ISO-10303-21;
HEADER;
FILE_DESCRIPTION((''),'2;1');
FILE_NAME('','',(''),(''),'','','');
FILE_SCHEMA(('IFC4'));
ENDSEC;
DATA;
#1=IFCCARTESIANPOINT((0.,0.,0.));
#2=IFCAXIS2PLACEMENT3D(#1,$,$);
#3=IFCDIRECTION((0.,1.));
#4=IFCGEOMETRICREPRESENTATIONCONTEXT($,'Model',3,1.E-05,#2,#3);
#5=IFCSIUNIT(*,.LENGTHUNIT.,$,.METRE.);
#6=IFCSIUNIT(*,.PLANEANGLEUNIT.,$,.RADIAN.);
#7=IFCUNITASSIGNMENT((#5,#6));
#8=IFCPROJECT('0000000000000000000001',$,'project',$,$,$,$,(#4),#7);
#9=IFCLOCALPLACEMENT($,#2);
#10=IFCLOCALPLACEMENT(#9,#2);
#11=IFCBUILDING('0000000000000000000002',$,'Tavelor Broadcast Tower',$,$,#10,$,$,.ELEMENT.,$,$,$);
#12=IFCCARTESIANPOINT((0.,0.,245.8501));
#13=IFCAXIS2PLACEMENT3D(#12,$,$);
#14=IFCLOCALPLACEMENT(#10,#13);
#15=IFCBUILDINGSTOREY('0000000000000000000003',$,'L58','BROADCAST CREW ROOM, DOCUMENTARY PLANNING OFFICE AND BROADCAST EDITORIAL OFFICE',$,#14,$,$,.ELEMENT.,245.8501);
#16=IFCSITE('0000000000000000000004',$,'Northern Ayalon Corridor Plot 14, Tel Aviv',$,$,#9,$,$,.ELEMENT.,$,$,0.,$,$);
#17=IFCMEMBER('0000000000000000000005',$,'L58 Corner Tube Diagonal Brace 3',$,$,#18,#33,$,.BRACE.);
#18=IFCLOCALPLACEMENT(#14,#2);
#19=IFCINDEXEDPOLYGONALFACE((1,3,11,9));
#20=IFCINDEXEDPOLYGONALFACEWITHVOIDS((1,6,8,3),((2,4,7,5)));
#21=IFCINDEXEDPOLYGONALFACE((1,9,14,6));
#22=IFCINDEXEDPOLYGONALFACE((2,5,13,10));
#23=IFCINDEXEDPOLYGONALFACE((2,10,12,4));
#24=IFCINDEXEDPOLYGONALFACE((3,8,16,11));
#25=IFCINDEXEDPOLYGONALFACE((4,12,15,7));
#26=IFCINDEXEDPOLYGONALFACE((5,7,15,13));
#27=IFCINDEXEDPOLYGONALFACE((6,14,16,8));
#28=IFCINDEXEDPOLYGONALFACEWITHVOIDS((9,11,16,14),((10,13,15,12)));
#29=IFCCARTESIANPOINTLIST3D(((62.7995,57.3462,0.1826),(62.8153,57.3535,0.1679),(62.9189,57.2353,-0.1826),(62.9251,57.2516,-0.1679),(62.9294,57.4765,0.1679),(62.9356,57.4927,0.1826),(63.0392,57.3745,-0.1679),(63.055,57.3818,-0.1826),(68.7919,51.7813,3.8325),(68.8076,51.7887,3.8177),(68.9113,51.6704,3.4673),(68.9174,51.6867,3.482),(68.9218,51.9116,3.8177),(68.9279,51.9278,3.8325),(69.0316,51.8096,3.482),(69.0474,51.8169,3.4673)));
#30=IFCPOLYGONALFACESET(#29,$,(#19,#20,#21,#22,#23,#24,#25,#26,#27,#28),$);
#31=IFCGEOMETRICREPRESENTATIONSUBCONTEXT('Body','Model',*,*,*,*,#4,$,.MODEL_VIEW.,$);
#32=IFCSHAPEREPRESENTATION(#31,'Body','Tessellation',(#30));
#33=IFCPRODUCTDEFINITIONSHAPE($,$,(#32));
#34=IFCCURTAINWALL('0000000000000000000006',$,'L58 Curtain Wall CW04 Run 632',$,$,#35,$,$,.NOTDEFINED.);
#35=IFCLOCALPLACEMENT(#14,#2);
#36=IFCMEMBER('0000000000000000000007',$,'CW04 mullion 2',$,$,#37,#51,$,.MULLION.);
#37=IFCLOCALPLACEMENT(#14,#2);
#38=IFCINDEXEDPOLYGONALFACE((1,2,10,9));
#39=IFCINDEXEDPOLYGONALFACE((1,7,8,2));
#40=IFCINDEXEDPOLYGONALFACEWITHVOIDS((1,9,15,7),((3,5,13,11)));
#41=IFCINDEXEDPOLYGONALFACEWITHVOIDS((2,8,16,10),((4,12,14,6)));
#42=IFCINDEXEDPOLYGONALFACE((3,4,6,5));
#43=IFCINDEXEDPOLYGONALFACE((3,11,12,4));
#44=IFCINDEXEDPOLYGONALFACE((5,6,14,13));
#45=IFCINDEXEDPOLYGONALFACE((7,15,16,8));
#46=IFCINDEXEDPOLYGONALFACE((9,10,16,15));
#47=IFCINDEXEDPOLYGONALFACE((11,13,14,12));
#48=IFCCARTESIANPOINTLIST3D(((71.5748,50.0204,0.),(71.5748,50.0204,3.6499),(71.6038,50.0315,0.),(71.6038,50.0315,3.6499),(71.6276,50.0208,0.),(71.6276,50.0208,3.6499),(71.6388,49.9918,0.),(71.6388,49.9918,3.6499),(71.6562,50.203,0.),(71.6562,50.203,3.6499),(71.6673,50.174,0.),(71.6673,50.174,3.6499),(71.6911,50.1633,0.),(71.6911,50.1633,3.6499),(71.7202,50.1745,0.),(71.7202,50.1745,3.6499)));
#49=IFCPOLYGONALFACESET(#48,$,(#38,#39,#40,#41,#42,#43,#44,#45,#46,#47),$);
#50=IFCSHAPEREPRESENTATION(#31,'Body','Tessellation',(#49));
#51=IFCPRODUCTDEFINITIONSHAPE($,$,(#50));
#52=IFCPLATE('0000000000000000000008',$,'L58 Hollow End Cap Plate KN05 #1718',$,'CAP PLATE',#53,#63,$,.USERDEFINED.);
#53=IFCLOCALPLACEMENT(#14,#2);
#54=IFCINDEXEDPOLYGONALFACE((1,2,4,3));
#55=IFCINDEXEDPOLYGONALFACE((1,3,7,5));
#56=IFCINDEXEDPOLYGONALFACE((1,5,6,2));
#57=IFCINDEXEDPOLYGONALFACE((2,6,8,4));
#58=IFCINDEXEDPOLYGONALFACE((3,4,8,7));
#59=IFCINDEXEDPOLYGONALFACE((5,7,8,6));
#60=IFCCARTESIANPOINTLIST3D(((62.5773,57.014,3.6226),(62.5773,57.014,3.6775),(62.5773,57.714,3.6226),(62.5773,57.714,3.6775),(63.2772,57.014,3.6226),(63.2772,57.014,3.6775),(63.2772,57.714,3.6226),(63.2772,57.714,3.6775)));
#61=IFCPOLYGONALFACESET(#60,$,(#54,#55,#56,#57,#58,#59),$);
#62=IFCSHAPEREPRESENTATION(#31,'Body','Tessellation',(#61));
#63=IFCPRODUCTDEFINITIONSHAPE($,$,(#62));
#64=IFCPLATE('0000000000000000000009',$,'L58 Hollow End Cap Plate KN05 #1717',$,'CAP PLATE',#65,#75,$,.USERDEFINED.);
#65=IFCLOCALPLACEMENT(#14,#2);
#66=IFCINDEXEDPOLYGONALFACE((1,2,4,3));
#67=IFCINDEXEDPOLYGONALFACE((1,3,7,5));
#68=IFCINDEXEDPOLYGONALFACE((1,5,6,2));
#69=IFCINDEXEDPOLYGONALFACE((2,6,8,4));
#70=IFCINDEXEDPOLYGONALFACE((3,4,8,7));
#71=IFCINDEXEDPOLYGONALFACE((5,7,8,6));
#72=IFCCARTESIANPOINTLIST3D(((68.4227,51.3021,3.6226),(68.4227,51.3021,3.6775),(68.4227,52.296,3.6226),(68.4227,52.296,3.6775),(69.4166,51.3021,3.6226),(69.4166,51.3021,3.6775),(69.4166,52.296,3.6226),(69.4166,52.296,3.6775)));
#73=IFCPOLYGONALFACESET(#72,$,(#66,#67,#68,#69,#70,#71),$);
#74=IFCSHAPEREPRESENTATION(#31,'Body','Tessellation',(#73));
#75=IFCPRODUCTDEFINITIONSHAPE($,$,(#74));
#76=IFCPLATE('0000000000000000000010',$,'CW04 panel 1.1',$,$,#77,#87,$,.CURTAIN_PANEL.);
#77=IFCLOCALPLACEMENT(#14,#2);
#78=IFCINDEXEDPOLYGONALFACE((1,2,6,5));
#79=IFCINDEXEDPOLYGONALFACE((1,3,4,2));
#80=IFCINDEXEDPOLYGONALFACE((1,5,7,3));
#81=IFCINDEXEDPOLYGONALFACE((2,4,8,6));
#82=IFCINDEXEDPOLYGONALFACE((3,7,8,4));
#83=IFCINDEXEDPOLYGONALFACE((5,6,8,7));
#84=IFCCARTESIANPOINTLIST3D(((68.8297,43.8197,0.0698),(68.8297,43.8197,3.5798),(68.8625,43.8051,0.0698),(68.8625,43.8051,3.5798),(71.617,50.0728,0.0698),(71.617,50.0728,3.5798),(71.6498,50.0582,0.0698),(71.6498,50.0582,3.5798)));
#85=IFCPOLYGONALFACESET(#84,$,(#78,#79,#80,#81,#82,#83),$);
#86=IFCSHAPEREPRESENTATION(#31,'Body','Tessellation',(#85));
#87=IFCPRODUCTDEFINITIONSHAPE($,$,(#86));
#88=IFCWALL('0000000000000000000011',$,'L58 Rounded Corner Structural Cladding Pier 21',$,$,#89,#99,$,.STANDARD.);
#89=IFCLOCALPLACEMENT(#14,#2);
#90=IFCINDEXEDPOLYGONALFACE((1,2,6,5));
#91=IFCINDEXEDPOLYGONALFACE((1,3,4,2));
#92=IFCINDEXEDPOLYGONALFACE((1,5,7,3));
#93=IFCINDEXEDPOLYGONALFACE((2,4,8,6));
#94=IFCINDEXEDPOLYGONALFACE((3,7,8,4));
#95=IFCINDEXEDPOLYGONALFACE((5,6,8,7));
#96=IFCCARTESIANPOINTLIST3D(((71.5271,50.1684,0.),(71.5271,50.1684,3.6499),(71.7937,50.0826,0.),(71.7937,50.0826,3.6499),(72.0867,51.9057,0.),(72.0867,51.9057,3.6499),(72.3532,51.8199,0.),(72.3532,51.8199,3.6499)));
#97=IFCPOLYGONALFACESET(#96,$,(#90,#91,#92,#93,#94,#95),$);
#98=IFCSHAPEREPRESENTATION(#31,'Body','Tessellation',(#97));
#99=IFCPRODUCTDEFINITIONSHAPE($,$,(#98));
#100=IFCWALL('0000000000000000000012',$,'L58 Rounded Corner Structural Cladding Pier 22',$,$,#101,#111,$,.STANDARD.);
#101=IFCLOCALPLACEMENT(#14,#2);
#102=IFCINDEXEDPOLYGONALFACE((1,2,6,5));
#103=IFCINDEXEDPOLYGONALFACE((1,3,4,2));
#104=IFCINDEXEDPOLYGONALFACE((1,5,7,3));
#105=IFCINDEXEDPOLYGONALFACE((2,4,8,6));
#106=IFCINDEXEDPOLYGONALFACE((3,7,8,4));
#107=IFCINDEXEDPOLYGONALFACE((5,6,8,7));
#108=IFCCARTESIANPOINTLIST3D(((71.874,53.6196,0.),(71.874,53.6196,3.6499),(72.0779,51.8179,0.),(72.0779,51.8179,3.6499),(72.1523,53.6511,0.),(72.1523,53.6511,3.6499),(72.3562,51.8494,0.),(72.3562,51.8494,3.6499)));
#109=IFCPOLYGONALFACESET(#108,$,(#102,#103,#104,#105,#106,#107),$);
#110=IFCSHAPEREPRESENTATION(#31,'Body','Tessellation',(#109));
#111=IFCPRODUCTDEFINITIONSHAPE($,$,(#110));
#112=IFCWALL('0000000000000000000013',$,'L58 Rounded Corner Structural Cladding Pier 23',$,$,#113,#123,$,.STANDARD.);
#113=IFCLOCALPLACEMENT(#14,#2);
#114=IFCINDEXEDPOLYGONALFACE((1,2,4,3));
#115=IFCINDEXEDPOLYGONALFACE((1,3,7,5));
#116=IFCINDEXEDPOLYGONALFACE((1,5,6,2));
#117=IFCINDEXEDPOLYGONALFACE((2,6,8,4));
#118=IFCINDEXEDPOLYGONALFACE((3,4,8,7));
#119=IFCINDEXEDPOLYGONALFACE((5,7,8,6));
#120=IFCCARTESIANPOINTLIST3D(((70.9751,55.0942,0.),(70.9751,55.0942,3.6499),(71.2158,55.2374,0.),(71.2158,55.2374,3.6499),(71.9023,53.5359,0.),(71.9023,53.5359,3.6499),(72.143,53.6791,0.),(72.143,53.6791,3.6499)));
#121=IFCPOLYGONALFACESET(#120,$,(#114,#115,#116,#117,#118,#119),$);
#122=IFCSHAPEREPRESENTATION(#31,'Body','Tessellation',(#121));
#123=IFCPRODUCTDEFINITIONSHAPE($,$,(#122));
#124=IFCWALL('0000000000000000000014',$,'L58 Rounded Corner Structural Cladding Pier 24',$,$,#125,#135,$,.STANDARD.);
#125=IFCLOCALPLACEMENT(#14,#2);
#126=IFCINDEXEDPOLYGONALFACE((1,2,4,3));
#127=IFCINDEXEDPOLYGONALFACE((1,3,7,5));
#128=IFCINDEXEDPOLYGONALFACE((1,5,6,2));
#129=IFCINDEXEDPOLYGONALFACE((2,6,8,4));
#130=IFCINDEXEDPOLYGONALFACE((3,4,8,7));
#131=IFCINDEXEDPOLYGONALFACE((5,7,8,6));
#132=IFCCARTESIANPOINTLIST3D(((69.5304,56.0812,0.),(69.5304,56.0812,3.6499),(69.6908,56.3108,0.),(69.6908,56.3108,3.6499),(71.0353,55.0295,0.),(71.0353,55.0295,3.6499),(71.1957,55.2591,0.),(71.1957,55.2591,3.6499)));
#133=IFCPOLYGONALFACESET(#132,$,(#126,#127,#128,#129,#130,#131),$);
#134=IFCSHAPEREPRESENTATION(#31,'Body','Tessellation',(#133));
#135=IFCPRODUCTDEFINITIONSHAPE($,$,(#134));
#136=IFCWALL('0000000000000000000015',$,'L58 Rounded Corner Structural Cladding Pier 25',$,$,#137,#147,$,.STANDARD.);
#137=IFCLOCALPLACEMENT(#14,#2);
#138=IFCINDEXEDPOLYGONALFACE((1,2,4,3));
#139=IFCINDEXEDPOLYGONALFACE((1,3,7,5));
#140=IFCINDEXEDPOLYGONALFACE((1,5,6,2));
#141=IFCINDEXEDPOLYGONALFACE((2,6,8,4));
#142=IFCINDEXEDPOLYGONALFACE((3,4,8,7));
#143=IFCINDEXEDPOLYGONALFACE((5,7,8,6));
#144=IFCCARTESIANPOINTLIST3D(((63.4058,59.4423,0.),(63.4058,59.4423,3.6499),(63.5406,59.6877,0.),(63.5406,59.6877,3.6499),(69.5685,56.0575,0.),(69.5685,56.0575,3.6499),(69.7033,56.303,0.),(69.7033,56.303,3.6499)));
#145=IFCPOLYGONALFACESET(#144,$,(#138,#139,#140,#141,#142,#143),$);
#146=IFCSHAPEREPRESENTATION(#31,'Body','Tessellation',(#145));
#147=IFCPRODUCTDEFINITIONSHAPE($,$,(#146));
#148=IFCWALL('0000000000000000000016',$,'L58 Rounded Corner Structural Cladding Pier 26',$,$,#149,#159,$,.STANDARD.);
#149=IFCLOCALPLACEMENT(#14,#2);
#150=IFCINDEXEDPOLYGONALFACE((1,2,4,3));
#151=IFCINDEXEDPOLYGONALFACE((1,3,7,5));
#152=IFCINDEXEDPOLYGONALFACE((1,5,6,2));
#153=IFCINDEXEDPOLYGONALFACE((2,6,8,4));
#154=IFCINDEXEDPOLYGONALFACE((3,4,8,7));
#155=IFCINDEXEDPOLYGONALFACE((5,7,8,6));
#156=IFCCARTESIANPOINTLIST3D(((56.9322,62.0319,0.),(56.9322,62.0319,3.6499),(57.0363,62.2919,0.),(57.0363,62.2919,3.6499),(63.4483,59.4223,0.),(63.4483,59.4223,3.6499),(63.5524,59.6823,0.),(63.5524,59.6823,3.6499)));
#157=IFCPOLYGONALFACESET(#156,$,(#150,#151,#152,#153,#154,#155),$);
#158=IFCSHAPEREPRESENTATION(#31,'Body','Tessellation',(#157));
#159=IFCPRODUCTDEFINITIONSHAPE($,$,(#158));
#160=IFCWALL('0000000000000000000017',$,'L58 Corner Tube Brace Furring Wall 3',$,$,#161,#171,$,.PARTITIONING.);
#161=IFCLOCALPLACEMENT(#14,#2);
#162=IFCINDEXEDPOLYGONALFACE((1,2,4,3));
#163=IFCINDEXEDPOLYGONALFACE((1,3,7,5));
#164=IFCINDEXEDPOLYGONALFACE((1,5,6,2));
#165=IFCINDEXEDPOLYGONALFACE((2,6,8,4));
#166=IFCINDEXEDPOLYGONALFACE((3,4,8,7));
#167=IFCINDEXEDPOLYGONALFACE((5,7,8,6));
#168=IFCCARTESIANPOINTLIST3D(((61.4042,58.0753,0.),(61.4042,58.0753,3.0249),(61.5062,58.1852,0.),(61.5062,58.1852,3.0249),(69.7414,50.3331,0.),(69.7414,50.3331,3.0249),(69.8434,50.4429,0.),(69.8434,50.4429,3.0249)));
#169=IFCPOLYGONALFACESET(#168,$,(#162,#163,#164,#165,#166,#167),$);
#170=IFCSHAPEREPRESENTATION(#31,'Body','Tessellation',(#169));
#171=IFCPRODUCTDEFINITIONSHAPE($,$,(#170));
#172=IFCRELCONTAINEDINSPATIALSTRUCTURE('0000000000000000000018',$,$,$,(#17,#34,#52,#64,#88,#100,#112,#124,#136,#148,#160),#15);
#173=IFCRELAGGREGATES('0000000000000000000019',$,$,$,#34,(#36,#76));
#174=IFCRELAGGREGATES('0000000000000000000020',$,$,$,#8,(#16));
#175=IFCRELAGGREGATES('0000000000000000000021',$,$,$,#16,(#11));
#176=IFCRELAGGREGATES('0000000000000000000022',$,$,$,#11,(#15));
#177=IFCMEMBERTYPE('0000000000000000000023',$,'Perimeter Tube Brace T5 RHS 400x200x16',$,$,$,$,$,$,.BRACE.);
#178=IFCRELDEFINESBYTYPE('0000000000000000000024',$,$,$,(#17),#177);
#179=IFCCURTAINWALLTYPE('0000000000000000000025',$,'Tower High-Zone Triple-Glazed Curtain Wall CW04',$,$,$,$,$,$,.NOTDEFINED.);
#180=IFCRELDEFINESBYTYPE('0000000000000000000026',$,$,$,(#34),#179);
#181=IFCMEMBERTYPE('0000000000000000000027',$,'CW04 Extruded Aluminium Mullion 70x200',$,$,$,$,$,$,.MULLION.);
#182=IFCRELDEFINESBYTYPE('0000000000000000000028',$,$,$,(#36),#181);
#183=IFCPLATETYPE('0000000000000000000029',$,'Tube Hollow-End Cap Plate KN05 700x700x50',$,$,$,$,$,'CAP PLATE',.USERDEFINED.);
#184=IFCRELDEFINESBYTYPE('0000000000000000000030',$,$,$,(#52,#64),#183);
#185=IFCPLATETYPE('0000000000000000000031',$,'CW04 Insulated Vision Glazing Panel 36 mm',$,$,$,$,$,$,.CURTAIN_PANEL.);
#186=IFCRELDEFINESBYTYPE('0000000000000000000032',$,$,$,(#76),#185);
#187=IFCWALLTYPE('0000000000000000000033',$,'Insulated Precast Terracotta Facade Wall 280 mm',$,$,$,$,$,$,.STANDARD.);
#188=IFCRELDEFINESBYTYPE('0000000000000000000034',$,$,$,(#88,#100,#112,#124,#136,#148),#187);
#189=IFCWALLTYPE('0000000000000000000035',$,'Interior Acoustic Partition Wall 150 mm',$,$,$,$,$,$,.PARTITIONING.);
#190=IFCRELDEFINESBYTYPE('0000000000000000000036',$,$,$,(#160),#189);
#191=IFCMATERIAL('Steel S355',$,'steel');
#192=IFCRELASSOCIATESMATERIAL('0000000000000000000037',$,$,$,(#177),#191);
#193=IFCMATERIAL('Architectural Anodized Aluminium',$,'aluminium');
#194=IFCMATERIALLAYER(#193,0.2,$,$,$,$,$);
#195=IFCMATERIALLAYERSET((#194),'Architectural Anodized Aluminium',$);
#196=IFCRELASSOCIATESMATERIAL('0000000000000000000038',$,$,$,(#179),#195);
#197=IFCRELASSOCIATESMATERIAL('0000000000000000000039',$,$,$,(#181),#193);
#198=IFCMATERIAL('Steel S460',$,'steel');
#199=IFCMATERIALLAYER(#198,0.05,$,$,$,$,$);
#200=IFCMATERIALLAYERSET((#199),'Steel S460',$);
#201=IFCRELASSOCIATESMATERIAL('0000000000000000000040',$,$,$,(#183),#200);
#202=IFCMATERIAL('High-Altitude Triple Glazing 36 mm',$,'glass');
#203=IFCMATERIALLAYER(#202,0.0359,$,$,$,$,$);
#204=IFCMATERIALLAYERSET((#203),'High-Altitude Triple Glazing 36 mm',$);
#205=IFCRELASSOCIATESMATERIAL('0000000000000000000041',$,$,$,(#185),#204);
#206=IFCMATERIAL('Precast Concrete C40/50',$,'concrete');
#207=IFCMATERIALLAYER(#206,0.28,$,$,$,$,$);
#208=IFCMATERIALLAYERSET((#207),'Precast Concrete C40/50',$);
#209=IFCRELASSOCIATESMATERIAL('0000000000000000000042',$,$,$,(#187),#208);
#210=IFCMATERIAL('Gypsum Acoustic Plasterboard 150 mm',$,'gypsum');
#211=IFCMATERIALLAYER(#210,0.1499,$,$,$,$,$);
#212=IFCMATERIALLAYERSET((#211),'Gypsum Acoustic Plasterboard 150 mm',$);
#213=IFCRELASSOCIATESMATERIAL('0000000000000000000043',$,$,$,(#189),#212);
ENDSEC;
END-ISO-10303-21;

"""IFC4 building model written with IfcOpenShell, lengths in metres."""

from ifc_helpers import new_model, si_unit, direction, frame, frame_2d, origin, origin_2d, place, context, subcontext, project, spatial, rectangle, hollow_rectangle, extrude, source, transform, mapped, material, layer, layer_set, material_profile, profile_set, type_object, type_shapes, element, aggregate, save


model = new_model("IFC4")

# Units and contexts
model_context = context("Model", 3, precision=1e-05, world=origin(), true_north=direction((0.0, 1.0)))
body_context = subcontext(model_context, "Body", "Model", "MODEL_VIEW")
ifc_project = project(units=[si_unit("LENGTHUNIT", "METRE"), si_unit("PLANEANGLEUNIT", "RADIAN")], contexts=[model_context])

# Site, building, storey
site_placement = place(None, origin())
site = spatial("IfcSite", under=ifc_project, at=site_placement, Name="Northern Ayalon Corridor Plot 14, Tel Aviv", CompositionType="ELEMENT", RefElevation=0.0)
building_placement = place(site_placement, origin())
building = spatial("IfcBuilding", under=site, at=building_placement, Name="Tavelor Broadcast Tower", CompositionType="ELEMENT")
storey_placement = place(building_placement, frame((0.0, 0.0, 245.8501)))
storey = spatial("IfcBuildingStorey", under=building, at=storey_placement, Name="L58", Description="BROADCAST CREW ROOM, DOCUMENTARY PLANNING OFFICE AND BROADCAST EDITORIAL OFFICE", CompositionType="ELEMENT", Elevation=245.8501)

# Shared definitions
ifc_material_1 = material(Name="Steel S460", Category="steel")

# Shared definitions
ifc_material_2 = material(Name="Steel S355", Category="steel")

# Member
ifc_material_profile_1 = material_profile(ifc_material_2, hollow_rectangle(XDim=0.2, YDim=0.3999, WallThickness=0.0161, at=origin_2d()), Name="RHS 400x200x16")
ifc_profile_set_1 = profile_set([ifc_material_profile_1], Name="Steel S355")
member_type_1 = type_object("IfcMemberType", Name="Perimeter Tube Brace T5 RHS 400x200x16", PredefinedType="BRACE", material=ifc_profile_set_1)
member_1_placement = place(storey_placement, frame((62.9272, 57.364, 0.0), z_axis=(0.66914, -0.621405, 0.407563), x_axis=(0.680487, 0.732761, 0.0)))
element("IfcMember", 1, at=member_1_placement, inside=storey, type_object=member_type_1, Name="L58 Corner Tube Diagonal Brace 3", PredefinedType="BRACE", context=body_context, shape_type="SweptSolid", body=[
    extrude(hollow_rectangle(XDim=0.2, YDim=0.3999, WallThickness=0.0161, at=origin_2d()), origin(), (0.0, 0.0, 1.0), 8.9553),
])

# Curtain wall, member
ifc_material_3 = material(Name="Architectural Anodized Aluminium", Category="aluminium")
ifc_layer_1 = layer(ifc_material_3, 0.2)
ifc_layer_set_1 = layer_set([ifc_layer_1], Name="Architectural Anodized Aluminium")
curtain_wall_type = type_object("IfcCurtainWallType", Name="Tower High-Zone Triple-Glazed Curtain Wall CW04", PredefinedType="NOTDEFINED", material=ifc_layer_set_1)
curtain_wall_placement = place(storey_placement, origin())
curtain_wall = element("IfcCurtainWall", 2, at=curtain_wall_placement, inside=storey, type_object=curtain_wall_type, Name="L58 Curtain Wall CW04 Run 632", PredefinedType="NOTDEFINED")
ifc_material_profile_2 = material_profile(ifc_material_3, hollow_rectangle(XDim=0.0701, YDim=0.2, WallThickness=0.022, at=origin_2d()), Name="RHS 70x200x22")
ifc_profile_set_2 = profile_set([ifc_material_profile_2], Name="Architectural Anodized Aluminium")
member_type_2 = type_object("IfcMemberType", Name="CW04 Extruded Aluminium Mullion 70x200", PredefinedType="MULLION", material=ifc_profile_set_2)
shared_shape_1 = source(origin(), body_context, "Body", "SweptSolid", [
    extrude(hollow_rectangle(XDim=0.0701, YDim=0.2, WallThickness=0.022, at=origin_2d()), origin(), (0.0, 0.0, 1.0), 3.6499),
])
type_shapes(member_type_2, [shared_shape_1])
member_2_placement = place(storey_placement, frame((71.6475, 50.0974, 0.0), z_axis=(0.0, 0.0, 1.0), x_axis=(-0.913373, 0.407124, 0.0)))
member_2 = element("IfcMember", 3, at=member_2_placement, type_object=member_type_2, Name="CW04 mullion 2", PredefinedType="MULLION", context=body_context, shape_type="MappedRepresentation", body=[
    mapped(shared_shape_1, transform((0.0, 0.0, 0.0), scale=1.0)),
])

# Plates
ifc_layer_2 = layer(ifc_material_1, 0.05)
ifc_layer_set_2 = layer_set([ifc_layer_2], Name="Steel S460")
plate_type_1 = type_object("IfcPlateType", Name="Tube Hollow-End Cap Plate KN05 700x700x50", ElementType="CAP PLATE", PredefinedType="USERDEFINED", material=ifc_layer_set_2)
shared_shape_2 = source(origin(), body_context, "Body", "SweptSolid", [
    extrude(rectangle(XDim=0.7, YDim=0.7, at=origin_2d()), origin(), (0.0, 0.0, 1.0), 0.0549),
])
plate_1_placement = place(storey_placement, frame((62.9272, 57.364, 3.6226), z_axis=(0.0, 0.0, 1.0), x_axis=(1.0, 0.0, 0.0)))
element("IfcPlate", 4, at=plate_1_placement, inside=storey, type_object=plate_type_1, Name="L58 Hollow End Cap Plate KN05 #1718", ObjectType="CAP PLATE", PredefinedType="USERDEFINED", context=body_context, shape_type="MappedRepresentation", body=[
    mapped(shared_shape_2, transform((0.0, 0.0, 0.0), scale=1.0)),
])
shared_shape_3 = source(origin(), body_context, "Body", "SweptSolid", [
    extrude(rectangle(XDim=0.9939, YDim=0.9939, at=origin_2d()), origin(), (0.0, 0.0, 1.0), 0.0549),
])
type_shapes(plate_type_1, [shared_shape_2, shared_shape_3])
plate_2_placement = place(storey_placement, frame((68.9197, 51.7991, 3.6226), z_axis=(0.0, 0.0, 1.0), x_axis=(1.0, 0.0, 0.0)))
element("IfcPlate", 5, at=plate_2_placement, inside=storey, type_object=plate_type_1, Name="L58 Hollow End Cap Plate KN05 #1717", ObjectType="CAP PLATE", PredefinedType="USERDEFINED", context=body_context, shape_type="MappedRepresentation", body=[
    mapped(shared_shape_3, transform((0.0, 0.0, 0.0), scale=1.0)),
])

# Plate
ifc_material_4 = material(Name="High-Altitude Triple Glazing 36 mm", Category="glass")
ifc_layer_3 = layer(ifc_material_4, 0.0359)
ifc_layer_set_3 = layer_set([ifc_layer_3], Name="High-Altitude Triple Glazing 36 mm")
plate_type_2 = type_object("IfcPlateType", Name="CW04 Insulated Vision Glazing Panel 36 mm", PredefinedType="CURTAIN_PANEL", material=ifc_layer_set_3)
shared_shape_4 = source(origin(), body_context, "Body", "SweptSolid", [
    extrude(rectangle(XDim=6.8462, YDim=0.0359, at=origin_2d()), origin(), (0.0, 0.0, 1.0), 3.51),
])
type_shapes(plate_type_2, [shared_shape_4])
plate_3_placement = place(storey_placement, frame((70.2397, 46.939, 0.0698), z_axis=(0.0, 0.0, 1.0), x_axis=(0.407124, 0.913373, 0.0)))
plate_3 = element("IfcPlate", 6, at=plate_3_placement, type_object=plate_type_2, Name="CW04 panel 1.1", PredefinedType="CURTAIN_PANEL", context=body_context, shape_type="MappedRepresentation", body=[
    mapped(shared_shape_4, transform((0.0, 0.0, 0.0), scale=1.0)),
])
aggregate(curtain_wall, [member_2, plate_3])

# Walls
ifc_material_5 = material(Name="Precast Concrete C40/50", Category="concrete")
ifc_layer_4 = layer(ifc_material_5, 0.28)
ifc_layer_set_4 = layer_set([ifc_layer_4], Name="Precast Concrete C40/50")
wall_type_1 = type_object("IfcWallType", Name="Insulated Precast Terracotta Facade Wall 280 mm", PredefinedType="STANDARD", material=ifc_layer_set_4)
wall_1_placement = place(storey_placement, frame((71.6604, 50.1255, 0.0), z_axis=(0.0, 0.0, 1.0), x_axis=(0.306581, 0.951845, 0.0)))
element("IfcWall", 7, at=wall_1_placement, inside=storey, type_object=wall_type_1, Name="L58 Rounded Corner Structural Cladding Pier 21", PredefinedType="STANDARD", context=body_context, shape_type="SweptSolid", body=[
    extrude(rectangle(XDim=1.8252, YDim=0.28, at=frame_2d((0.9126, 0.0))), origin(), (0.0, 0.0, 1.0), 3.6499),
])
for number, where, z_axis, x_axis, name in (
    (8, (72.217, 51.8335, 0.0), (0.0, 0.0, 1.0), (-0.112426, 0.99366, 0.0), "L58 Rounded Corner Structural Cladding Pier 22"),
    (9, (72.0227, 53.6074, 0.0), (0.0, 0.0, 1.0), (-0.511344, 0.859376, 0.0), "L58 Rounded Corner Structural Cladding Pier 23"),
):
    element("IfcWall", number, at=place(storey_placement, frame(where, z_axis=z_axis, x_axis=x_axis)), inside=storey, type_object=wall_type_1, Name=name, PredefinedType="STANDARD", context=body_context, shape_type="SweptSolid", body=[
        extrude(rectangle(XDim=1.8132, YDim=0.28, at=frame_2d((0.9067, 0.0))), origin(), (0.0, 0.0, 1.0), 3.6499),
    ])
wall_2_placement = place(storey_placement, frame((71.1155, 55.1443, 0.0), z_axis=(0.0, 0.0, 1.0), x_axis=(-0.819657, 0.572855, 0.0)))
element("IfcWall", 10, at=wall_2_placement, inside=storey, type_object=wall_type_1, Name="L58 Rounded Corner Structural Cladding Pier 24", PredefinedType="STANDARD", context=body_context, shape_type="SweptSolid", body=[
    extrude(rectangle(XDim=1.8359, YDim=0.28, at=frame_2d((0.918, 0.0))), origin(), (0.0, 0.0, 1.0), 3.6499),
])
wall_3_placement = place(storey_placement, frame((69.636, 56.1802, 0.0), z_axis=(0.0, 0.0, 1.0), x_axis=(-0.876496, 0.481409, 0.0)))
element("IfcWall", 11, at=wall_3_placement, inside=storey, type_object=wall_type_1, Name="L58 Rounded Corner Structural Cladding Pier 25", PredefinedType="STANDARD", context=body_context, shape_type="SweptSolid", body=[
    extrude(rectangle(XDim=7.031, YDim=0.28, at=frame_2d((3.5156, 0.0))), origin(), (0.0, 0.0, 1.0), 3.6499),
])
wall_4_placement = place(storey_placement, frame((63.5005, 59.5522, 0.0), z_axis=(0.0, 0.0, 1.0), x_axis=(-0.928321, 0.37178, 0.0)))
element("IfcWall", 12, at=wall_4_placement, inside=storey, type_object=wall_type_1, Name="L58 Rounded Corner Structural Cladding Pier 26", PredefinedType="STANDARD", context=body_context, shape_type="SweptSolid", body=[
    extrude(rectangle(XDim=7.0193, YDim=0.28, at=frame_2d((3.5098, 0.0))), origin(), (0.0, 0.0, 1.0), 3.6499),
])
ifc_material_6 = material(Name="Gypsum Acoustic Plasterboard 150 mm", Category="gypsum")
ifc_layer_5 = layer(ifc_material_6, 0.1499)
ifc_layer_set_5 = layer_set([ifc_layer_5], Name="Gypsum Acoustic Plasterboard 150 mm")
wall_type_2 = type_object("IfcWallType", Name="Interior Acoustic Partition Wall 150 mm", PredefinedType="PARTITIONING", material=ifc_layer_set_5)
wall_5_placement = place(storey_placement, frame((69.7925, 50.3879, 0.0), z_axis=(0.0, 0.0, 1.0), x_axis=(-0.73277, 0.680477, 0.0)))
element("IfcWall", 13, at=wall_5_placement, inside=storey, type_object=wall_type_2, Name="L58 Corner Tube Brace Furring Wall 3", PredefinedType="PARTITIONING", context=body_context, shape_type="SweptSolid", body=[
    extrude(rectangle(XDim=11.3777, YDim=0.1499, at=frame_2d((5.689, 0.0))), origin(), (0.0, 0.0, 1.0), 3.0249),
])

save(model, "model.ifc")
